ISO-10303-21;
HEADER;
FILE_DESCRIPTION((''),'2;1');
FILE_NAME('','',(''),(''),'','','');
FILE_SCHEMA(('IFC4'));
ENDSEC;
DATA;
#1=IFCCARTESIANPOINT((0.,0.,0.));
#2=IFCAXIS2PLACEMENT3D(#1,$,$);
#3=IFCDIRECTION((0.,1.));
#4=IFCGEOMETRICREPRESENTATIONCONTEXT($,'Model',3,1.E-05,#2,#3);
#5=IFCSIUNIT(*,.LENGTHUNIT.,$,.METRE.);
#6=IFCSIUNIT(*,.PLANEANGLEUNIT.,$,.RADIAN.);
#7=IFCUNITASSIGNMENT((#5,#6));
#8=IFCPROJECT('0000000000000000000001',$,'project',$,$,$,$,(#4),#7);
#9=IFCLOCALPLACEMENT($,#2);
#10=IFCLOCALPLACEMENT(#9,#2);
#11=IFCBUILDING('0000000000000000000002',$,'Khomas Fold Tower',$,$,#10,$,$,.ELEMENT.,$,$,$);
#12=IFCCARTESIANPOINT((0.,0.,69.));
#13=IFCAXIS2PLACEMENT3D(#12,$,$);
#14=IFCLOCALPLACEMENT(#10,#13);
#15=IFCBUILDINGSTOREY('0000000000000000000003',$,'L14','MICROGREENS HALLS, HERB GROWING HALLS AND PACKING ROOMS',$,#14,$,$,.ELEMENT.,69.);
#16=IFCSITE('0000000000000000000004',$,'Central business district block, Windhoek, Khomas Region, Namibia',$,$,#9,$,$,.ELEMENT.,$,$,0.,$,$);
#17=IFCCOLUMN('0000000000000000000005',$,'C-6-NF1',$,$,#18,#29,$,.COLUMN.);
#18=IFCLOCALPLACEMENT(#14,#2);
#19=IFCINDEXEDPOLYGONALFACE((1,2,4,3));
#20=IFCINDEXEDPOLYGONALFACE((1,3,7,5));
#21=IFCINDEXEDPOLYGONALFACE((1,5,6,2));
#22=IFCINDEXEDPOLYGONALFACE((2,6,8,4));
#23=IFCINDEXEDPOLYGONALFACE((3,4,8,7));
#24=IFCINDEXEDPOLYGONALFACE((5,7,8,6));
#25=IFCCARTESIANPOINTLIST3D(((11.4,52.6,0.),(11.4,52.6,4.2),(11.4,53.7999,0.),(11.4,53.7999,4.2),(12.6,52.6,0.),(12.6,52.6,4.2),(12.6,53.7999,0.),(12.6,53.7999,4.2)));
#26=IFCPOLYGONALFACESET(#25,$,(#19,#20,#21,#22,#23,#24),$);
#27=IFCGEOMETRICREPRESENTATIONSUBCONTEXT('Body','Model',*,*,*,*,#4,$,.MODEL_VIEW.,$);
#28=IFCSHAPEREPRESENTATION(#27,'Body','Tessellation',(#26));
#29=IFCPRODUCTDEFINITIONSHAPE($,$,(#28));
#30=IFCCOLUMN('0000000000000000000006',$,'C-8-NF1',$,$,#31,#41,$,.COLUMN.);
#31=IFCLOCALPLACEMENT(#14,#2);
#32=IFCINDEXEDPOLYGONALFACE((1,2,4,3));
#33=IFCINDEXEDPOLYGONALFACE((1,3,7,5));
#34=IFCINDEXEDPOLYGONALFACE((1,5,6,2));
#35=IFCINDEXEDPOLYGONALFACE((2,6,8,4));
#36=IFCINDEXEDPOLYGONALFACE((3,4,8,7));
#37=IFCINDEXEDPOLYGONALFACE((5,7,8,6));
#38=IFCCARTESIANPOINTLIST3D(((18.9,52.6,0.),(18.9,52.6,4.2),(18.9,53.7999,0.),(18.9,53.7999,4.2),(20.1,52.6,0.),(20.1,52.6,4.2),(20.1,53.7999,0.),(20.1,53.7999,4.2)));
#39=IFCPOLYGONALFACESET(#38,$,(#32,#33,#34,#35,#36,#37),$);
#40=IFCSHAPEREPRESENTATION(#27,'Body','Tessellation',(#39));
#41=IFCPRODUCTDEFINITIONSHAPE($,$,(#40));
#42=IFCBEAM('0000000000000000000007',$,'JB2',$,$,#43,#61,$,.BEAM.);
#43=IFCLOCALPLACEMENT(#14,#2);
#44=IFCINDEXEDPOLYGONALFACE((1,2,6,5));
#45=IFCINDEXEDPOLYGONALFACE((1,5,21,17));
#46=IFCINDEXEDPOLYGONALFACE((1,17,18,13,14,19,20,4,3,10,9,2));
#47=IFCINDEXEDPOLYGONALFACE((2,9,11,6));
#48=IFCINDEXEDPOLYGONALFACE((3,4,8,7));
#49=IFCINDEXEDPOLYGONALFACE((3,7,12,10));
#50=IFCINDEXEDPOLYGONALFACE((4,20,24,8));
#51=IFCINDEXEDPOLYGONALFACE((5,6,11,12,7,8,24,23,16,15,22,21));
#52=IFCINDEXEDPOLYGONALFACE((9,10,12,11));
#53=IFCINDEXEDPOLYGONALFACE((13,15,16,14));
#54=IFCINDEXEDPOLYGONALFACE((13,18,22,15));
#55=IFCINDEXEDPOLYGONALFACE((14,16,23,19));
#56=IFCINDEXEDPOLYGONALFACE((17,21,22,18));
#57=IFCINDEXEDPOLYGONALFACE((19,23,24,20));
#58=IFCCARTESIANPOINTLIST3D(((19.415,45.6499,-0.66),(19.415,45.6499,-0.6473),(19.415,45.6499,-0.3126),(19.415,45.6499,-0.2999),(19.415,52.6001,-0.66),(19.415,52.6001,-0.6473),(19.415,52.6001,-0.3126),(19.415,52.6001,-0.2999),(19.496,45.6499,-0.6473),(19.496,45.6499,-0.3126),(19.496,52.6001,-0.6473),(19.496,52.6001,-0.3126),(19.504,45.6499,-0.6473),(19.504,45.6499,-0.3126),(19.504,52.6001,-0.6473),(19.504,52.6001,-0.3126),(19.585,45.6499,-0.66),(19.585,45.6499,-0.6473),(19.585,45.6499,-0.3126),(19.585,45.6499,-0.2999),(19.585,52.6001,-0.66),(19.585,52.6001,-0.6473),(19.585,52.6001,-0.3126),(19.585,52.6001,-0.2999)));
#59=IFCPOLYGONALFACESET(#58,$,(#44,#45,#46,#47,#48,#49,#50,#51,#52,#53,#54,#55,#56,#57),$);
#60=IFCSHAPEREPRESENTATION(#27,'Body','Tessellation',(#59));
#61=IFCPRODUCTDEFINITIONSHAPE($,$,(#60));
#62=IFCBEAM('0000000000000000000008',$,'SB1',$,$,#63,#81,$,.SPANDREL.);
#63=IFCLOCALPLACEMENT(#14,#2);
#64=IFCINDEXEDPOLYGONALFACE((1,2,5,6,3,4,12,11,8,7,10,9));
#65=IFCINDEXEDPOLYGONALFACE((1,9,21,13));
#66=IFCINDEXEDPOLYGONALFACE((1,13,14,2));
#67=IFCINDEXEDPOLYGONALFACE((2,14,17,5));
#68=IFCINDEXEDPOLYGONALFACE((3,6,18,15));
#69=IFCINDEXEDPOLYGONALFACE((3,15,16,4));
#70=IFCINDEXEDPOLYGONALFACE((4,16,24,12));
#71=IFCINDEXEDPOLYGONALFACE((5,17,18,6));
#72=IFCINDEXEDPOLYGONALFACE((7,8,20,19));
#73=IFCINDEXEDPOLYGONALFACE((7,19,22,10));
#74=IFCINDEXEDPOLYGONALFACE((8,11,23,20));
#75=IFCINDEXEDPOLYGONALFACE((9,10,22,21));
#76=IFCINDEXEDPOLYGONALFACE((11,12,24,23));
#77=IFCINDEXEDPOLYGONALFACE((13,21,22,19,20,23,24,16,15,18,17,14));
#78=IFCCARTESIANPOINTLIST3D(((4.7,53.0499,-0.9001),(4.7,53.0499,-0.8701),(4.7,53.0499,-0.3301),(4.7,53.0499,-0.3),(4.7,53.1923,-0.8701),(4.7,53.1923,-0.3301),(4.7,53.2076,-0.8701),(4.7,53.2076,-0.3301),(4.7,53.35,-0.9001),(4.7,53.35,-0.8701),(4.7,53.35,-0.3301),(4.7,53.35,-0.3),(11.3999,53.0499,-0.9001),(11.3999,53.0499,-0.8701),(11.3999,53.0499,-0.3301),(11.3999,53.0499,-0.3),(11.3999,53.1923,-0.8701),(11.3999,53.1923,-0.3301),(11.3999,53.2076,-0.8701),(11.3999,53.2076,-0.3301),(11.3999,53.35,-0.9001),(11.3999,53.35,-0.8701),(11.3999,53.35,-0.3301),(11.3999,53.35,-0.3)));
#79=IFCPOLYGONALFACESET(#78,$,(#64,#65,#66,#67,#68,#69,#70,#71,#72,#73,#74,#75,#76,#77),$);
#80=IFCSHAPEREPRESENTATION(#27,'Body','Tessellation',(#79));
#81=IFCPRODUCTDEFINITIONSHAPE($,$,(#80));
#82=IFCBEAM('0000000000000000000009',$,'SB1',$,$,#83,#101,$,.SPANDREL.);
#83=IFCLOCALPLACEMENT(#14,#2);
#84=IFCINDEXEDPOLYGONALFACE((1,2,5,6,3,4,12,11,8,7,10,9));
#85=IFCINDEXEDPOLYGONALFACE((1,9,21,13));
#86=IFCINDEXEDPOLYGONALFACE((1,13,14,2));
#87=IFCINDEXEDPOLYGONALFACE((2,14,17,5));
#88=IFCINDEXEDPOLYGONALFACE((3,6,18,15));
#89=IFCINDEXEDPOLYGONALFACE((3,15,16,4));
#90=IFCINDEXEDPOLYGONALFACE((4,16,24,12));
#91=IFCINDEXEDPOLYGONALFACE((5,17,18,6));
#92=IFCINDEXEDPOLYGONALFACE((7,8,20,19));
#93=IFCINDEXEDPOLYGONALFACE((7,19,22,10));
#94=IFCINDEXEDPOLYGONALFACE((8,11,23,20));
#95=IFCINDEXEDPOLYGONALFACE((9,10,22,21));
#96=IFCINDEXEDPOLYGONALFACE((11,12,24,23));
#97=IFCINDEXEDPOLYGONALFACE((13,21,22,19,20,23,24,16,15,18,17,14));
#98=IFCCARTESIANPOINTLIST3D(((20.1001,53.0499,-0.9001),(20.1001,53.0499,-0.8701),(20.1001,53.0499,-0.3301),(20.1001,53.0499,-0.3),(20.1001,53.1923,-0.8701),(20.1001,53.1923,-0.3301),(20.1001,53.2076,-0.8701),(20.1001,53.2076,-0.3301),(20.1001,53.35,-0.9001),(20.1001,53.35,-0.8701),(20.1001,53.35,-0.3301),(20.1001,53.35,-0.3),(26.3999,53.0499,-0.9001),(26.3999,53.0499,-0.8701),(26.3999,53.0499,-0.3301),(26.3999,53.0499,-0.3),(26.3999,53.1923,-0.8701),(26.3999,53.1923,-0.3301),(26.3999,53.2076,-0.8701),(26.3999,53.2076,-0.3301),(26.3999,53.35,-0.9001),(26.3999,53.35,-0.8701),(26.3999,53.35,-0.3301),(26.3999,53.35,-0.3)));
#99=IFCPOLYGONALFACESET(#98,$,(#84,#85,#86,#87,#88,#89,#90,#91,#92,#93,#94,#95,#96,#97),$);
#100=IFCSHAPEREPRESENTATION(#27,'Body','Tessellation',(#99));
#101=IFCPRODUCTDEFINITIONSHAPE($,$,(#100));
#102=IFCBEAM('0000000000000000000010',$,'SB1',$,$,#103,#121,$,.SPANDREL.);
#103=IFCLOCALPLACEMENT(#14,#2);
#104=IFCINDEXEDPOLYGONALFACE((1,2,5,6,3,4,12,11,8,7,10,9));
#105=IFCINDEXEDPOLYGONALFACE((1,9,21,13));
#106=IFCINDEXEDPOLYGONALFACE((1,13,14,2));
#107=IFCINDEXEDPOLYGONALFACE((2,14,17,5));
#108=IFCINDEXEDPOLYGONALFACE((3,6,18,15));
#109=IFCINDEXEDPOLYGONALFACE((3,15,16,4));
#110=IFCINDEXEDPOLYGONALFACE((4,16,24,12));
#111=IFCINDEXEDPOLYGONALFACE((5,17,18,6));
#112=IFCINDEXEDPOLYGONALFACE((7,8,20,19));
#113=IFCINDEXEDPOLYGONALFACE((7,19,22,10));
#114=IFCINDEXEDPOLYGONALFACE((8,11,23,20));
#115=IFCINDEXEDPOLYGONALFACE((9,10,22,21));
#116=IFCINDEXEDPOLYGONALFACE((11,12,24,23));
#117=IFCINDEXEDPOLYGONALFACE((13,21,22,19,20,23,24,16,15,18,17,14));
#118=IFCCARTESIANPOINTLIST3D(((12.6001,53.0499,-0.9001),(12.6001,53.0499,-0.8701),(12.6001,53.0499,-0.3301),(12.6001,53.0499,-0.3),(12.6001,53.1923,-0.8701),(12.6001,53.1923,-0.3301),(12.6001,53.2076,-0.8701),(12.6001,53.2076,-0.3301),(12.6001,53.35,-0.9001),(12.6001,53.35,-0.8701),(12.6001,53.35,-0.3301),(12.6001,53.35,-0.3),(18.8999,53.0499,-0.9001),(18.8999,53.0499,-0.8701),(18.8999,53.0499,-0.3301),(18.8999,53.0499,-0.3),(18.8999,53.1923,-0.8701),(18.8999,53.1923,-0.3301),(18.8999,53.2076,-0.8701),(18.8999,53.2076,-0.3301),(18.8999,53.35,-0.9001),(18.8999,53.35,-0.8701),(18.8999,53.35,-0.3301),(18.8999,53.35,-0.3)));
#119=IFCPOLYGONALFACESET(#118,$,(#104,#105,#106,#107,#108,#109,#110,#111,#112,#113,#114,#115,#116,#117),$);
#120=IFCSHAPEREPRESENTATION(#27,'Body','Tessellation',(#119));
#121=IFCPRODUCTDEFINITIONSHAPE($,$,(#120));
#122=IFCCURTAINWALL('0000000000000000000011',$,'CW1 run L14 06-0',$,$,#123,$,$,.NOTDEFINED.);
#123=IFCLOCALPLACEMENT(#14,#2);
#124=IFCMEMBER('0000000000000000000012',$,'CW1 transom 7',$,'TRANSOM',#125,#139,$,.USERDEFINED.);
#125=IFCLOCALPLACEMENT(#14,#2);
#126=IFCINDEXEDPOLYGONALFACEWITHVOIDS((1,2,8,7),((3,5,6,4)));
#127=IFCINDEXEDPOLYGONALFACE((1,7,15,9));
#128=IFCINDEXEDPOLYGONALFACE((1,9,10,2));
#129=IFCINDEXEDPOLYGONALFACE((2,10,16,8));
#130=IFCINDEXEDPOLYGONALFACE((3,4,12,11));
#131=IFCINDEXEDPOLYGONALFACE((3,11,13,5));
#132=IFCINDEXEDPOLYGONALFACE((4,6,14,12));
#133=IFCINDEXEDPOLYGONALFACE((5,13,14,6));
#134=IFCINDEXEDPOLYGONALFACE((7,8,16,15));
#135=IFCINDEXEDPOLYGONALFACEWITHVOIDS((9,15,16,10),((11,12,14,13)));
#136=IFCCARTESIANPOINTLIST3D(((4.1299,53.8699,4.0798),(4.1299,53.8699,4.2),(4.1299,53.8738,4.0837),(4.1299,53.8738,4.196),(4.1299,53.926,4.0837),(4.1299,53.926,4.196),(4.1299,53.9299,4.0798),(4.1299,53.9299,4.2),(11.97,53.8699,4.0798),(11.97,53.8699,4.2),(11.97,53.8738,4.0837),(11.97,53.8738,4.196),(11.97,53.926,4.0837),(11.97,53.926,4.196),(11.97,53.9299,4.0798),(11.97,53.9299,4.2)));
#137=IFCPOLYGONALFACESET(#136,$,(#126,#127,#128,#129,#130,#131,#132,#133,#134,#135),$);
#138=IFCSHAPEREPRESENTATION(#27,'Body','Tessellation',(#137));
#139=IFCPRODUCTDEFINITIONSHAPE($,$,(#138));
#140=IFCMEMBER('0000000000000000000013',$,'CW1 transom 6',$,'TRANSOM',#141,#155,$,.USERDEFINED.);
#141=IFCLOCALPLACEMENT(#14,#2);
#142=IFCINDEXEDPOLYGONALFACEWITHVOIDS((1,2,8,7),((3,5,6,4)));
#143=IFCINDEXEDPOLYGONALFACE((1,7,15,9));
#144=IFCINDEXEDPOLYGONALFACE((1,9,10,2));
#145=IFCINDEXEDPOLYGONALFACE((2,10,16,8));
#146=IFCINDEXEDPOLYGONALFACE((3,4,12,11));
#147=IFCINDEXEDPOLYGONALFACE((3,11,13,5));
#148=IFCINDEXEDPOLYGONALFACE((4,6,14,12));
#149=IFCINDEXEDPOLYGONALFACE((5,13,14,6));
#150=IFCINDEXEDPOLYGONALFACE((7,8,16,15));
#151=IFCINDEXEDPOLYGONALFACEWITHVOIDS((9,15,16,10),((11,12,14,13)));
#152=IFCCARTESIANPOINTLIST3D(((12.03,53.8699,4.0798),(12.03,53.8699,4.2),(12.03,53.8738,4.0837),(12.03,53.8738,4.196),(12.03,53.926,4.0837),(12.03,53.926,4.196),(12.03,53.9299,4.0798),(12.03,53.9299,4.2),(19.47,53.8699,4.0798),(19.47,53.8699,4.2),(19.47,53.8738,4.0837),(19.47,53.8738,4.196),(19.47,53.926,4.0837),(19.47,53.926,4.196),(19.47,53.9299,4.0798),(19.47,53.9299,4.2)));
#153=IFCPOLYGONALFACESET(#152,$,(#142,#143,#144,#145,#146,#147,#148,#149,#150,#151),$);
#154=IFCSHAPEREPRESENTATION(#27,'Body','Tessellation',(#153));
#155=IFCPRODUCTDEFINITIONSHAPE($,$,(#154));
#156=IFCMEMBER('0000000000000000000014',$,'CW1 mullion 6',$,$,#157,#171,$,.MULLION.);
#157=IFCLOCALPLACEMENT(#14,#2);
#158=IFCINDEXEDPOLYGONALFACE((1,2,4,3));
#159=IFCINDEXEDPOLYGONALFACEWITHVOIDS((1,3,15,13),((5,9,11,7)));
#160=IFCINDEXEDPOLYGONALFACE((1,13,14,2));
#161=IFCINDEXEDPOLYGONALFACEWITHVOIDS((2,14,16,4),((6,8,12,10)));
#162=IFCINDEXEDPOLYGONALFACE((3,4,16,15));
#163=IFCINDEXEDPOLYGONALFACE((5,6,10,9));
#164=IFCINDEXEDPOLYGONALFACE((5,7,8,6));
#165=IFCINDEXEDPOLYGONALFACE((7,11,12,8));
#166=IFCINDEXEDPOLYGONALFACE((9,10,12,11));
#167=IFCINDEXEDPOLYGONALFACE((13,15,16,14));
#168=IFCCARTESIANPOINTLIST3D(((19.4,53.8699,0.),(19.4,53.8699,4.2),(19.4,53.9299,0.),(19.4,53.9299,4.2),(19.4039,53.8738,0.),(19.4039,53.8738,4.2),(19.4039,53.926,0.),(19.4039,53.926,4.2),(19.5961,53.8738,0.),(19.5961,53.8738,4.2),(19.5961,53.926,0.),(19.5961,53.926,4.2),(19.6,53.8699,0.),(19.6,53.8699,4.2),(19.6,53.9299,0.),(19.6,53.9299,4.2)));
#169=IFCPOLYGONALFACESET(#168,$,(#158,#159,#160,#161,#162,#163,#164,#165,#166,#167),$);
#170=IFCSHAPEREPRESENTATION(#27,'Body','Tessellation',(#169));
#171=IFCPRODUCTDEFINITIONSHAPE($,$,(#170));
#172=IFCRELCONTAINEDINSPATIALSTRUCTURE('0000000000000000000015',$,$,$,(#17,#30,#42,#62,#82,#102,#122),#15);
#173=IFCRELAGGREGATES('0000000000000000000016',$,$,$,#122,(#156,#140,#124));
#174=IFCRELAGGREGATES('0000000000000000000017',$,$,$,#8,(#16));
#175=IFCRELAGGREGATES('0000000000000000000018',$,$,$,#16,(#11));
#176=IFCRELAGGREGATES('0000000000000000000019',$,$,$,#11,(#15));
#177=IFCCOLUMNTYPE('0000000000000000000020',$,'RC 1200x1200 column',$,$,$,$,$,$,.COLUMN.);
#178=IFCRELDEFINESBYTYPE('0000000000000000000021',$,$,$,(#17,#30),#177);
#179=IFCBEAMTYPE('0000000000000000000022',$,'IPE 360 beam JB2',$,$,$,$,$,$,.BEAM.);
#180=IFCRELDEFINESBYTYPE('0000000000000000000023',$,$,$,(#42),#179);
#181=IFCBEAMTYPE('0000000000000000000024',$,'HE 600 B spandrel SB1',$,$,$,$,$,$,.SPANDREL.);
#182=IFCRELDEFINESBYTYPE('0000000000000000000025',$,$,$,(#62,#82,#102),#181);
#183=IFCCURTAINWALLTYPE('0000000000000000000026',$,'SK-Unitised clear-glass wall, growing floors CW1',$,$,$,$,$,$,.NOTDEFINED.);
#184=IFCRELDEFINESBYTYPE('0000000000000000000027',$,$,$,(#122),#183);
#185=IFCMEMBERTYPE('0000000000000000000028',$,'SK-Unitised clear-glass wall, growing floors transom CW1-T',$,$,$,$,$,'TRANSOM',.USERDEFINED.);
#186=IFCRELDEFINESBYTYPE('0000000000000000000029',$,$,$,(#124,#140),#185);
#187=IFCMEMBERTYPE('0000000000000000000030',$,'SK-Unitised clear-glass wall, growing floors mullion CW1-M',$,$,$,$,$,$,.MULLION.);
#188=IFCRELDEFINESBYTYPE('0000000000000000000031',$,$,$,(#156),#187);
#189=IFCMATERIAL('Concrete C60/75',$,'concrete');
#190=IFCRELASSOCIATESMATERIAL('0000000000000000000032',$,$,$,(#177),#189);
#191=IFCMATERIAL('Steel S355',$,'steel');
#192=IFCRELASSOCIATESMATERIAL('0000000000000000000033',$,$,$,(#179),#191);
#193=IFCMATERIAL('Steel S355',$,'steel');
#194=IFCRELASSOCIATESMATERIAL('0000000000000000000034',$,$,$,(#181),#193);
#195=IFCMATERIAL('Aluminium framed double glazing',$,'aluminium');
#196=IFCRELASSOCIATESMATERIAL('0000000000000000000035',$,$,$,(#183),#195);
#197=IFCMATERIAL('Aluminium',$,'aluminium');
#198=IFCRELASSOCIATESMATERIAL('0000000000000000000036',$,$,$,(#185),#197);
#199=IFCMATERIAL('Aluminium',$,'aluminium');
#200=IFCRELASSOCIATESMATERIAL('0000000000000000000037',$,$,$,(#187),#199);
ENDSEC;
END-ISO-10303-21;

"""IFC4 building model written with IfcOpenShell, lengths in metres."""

from ifc_helpers import new_model, si_unit, direction, frame, origin, origin_2d, place, context, subcontext, project, spatial, rectangle, hollow_rectangle, i_section, extrude, source, transform, mapped, material, material_profile, profile_set, type_object, element, aggregate, save


model = new_model("IFC4")

# Units and contexts
model_context = context("Model", 3, precision=1e-05, world=origin(), true_north=direction((0.0, 1.0)))
body_context = subcontext(model_context, "Body", "Model", "MODEL_VIEW")
ifc_project = project(units=[si_unit("LENGTHUNIT", "METRE"), si_unit("PLANEANGLEUNIT", "RADIAN")], contexts=[model_context])

# Site, building, storey
site_placement = place(None, origin())
site = spatial("IfcSite", under=ifc_project, at=site_placement, Name="Central business district block, Windhoek, Khomas Region, Namibia", CompositionType="ELEMENT", RefElevation=0.0)
building_placement = place(site_placement, origin())
building = spatial("IfcBuilding", under=site, at=building_placement, Name="Khomas Fold Tower", CompositionType="ELEMENT")
storey_placement = place(building_placement, frame((0.0, 0.0, 69.0)))
storey = spatial("IfcBuildingStorey", under=building, at=storey_placement, Name="L14", Description="MICROGREENS HALLS, HERB GROWING HALLS AND PACKING ROOMS", CompositionType="ELEMENT", Elevation=69.0)

# Columns
ifc_material_1 = material(Name="Concrete C60/75", Category="concrete")
ifc_material_profile_1 = material_profile(ifc_material_1, rectangle(XDim=1.2, YDim=1.2, at=origin_2d()), Name="RC 1200x1200")
ifc_profile_set_1 = profile_set([ifc_material_profile_1], Name="Concrete C60/75")
column_type = type_object("IfcColumnType", Name="RC 1200x1200 column", PredefinedType="COLUMN", material=ifc_profile_set_1)
shared_shape_1 = source(origin(), body_context, "Body", "SweptSolid", [
    extrude(rectangle(XDim=1.2, YDim=1.2, at=origin_2d()), origin(), (0.0, 0.0, 1.0), 4.2),
])
for number, where, z_axis, x_axis, name in (
    (1, (12.0, 53.2, 0.0), (0.0, 0.0, 1.0), (1.0, 0.0, 0.0), "C-6-NF1"),
    (2, (19.5, 53.2, 0.0), (0.0, 0.0, 1.0), (1.0, 0.0, 0.0), "C-8-NF1"),
):
    element("IfcColumn", number, at=place(storey_placement, frame(where, z_axis=z_axis, x_axis=x_axis)), inside=storey, type_object=column_type, Name=name, PredefinedType="COLUMN", context=body_context, shape_type="MappedRepresentation", body=[
        mapped(shared_shape_1, transform((0.0, 0.0, 0.0))),
    ])

# Beams
ifc_material_2 = material(Name="Steel S355", Category="steel")
ifc_material_profile_2 = material_profile(ifc_material_2, i_section(OverallWidth=0.1699, OverallDepth=0.3601, WebThickness=0.0081, FlangeThickness=0.0127, at=origin_2d()), Name="IPE 360")
ifc_profile_set_2 = profile_set([ifc_material_profile_2], Name="Steel S355")
beam_type_1 = type_object("IfcBeamType", Name="IPE 360 beam JB2", PredefinedType="BEAM", material=ifc_profile_set_2)
shared_shape_2 = source(origin(), body_context, "Body", "SweptSolid", [
    extrude(i_section(OverallWidth=0.1699, OverallDepth=0.3601, WebThickness=0.0081, FlangeThickness=0.0127, at=origin_2d()), origin(), (0.0, 0.0, 1.0), 6.9502),
])
beam_1_placement = place(storey_placement, frame((19.5, 45.6499, -0.48), z_axis=(0.0, 1.0, 0.0), x_axis=(-1.0, 0.0, 0.0)))
element("IfcBeam", 3, at=beam_1_placement, inside=storey, type_object=beam_type_1, Name="JB2", PredefinedType="BEAM", context=body_context, shape_type="MappedRepresentation", body=[
    mapped(shared_shape_2, transform((0.0, 0.0, 0.0))),
])
ifc_material_3 = material(Name="Steel S355", Category="steel")
ifc_material_profile_3 = material_profile(ifc_material_3, i_section(OverallWidth=0.3, OverallDepth=0.6001, WebThickness=0.0154, FlangeThickness=0.03, at=origin_2d()), Name="HE 600 B")
ifc_profile_set_3 = profile_set([ifc_material_profile_3], Name="Steel S355")
beam_type_2 = type_object("IfcBeamType", Name="HE 600 B spandrel SB1", PredefinedType="SPANDREL", material=ifc_profile_set_3)
shared_shape_3 = source(origin(), body_context, "Body", "SweptSolid", [
    extrude(i_section(OverallWidth=0.3, OverallDepth=0.6001, WebThickness=0.0154, FlangeThickness=0.03, at=origin_2d()), origin(), (0.0, 0.0, 1.0), 6.7),
])
beam_2_placement = place(storey_placement, frame((4.7, 53.2, -0.6001), z_axis=(1.0, 0.0, 0.0), x_axis=(0.0, 1.0, 0.0)))
element("IfcBeam", 4, at=beam_2_placement, inside=storey, type_object=beam_type_2, Name="SB1", PredefinedType="SPANDREL", context=body_context, shape_type="MappedRepresentation", body=[
    mapped(shared_shape_3, transform((0.0, 0.0, 0.0))),
])
shared_shape_4 = source(origin(), body_context, "Body", "SweptSolid", [
    extrude(i_section(OverallWidth=0.3, OverallDepth=0.6001, WebThickness=0.0154, FlangeThickness=0.03, at=origin_2d()), origin(), (0.0, 0.0, 1.0), 6.2998),
])
for number, where, z_axis, x_axis, name in (
    (5, (20.1001, 53.2, -0.6001), (1.0, 0.0, 0.0), (0.0, 1.0, 0.0), "SB1"),
    (6, (12.6001, 53.2, -0.6001), (1.0, 0.0, 0.0), (0.0, 1.0, 0.0), "SB1"),
):
    element("IfcBeam", number, at=place(storey_placement, frame(where, z_axis=z_axis, x_axis=x_axis)), inside=storey, type_object=beam_type_2, Name=name, PredefinedType="SPANDREL", context=body_context, shape_type="MappedRepresentation", body=[
        mapped(shared_shape_4, transform((0.0, 0.0, 0.0))),
    ])

# Curtain wall, members
ifc_material_4 = material(Name="Aluminium framed double glazing", Category="aluminium")
curtain_wall_type = type_object("IfcCurtainWallType", Name="SK-Unitised clear-glass wall, growing floors CW1", PredefinedType="NOTDEFINED", material=ifc_material_4)
curtain_wall_placement = place(storey_placement, origin())
curtain_wall = element("IfcCurtainWall", 7, at=curtain_wall_placement, inside=storey, type_object=curtain_wall_type, Name="CW1 run L14 06-0", PredefinedType="NOTDEFINED")
ifc_material_5 = material(Name="Aluminium", Category="aluminium")
ifc_material_profile_4 = material_profile(ifc_material_5, hollow_rectangle(XDim=0.0601, YDim=0.1201, WallThickness=0.0039, at=origin_2d()), Name="SK-Unitised clear-glass wall, growing floors transom CW1-T")
ifc_profile_set_4 = profile_set([ifc_material_profile_4], Name="Aluminium")
member_type_1 = type_object("IfcMemberType", Name="SK-Unitised clear-glass wall, growing floors transom CW1-T", ElementType="TRANSOM", PredefinedType="USERDEFINED", material=ifc_profile_set_4)
shared_shape_5 = source(origin(), body_context, "Body", "SweptSolid", [
    extrude(hollow_rectangle(XDim=0.0601, YDim=0.1201, WallThickness=0.0039, at=origin_2d()), origin(), (0.0, 0.0, 1.0), 7.8401),
])
member_1_placement = place(storey_placement, frame((11.97, 53.8999, 4.1399), z_axis=(-1.0, 0.0, 0.0), x_axis=(0.0, -1.0, 0.0)))
member_1 = element("IfcMember", 8, at=member_1_placement, type_object=member_type_1, Name="CW1 transom 7", ObjectType="TRANSOM", PredefinedType="USERDEFINED", context=body_context, shape_type="MappedRepresentation", body=[
    mapped(shared_shape_5, transform((0.0, 0.0, 0.0))),
])
shared_shape_6 = source(origin(), body_context, "Body", "SweptSolid", [
    extrude(hollow_rectangle(XDim=0.0601, YDim=0.1201, WallThickness=0.0039, at=origin_2d()), origin(), (0.0, 0.0, 1.0), 7.4399),
])
member_2_placement = place(storey_placement, frame((19.47, 53.8999, 4.1399), z_axis=(-1.0, 0.0, 0.0), x_axis=(0.0, -1.0, 0.0)))
member_2 = element("IfcMember", 9, at=member_2_placement, type_object=member_type_1, Name="CW1 transom 6", ObjectType="TRANSOM", PredefinedType="USERDEFINED", context=body_context, shape_type="MappedRepresentation", body=[
    mapped(shared_shape_6, transform((0.0, 0.0, 0.0))),
])
ifc_material_6 = material(Name="Aluminium", Category="aluminium")
ifc_material_profile_5 = material_profile(ifc_material_6, hollow_rectangle(XDim=0.0601, YDim=0.2, WallThickness=0.0039, at=origin_2d()), Name="SK-Unitised clear-glass wall, growing floors mullion CW1-M")
ifc_profile_set_5 = profile_set([ifc_material_profile_5], Name="Aluminium")
member_type_2 = type_object("IfcMemberType", Name="SK-Unitised clear-glass wall, growing floors mullion CW1-M", PredefinedType="MULLION", material=ifc_profile_set_5)
shared_shape_7 = source(origin(), body_context, "Body", "SweptSolid", [
    extrude(hollow_rectangle(XDim=0.0601, YDim=0.2, WallThickness=0.0039, at=origin_2d()), origin(), (0.0, 0.0, 1.0), 4.2),
])
member_3_placement = place(storey_placement, frame((19.5, 53.8999, 0.0), z_axis=(0.0, 0.0, 1.0), x_axis=(0.0, -1.0, 0.0)))
member_3 = element("IfcMember", 10, at=member_3_placement, type_object=member_type_2, Name="CW1 mullion 6", PredefinedType="MULLION", context=body_context, shape_type="MappedRepresentation", body=[
    mapped(shared_shape_7, transform((0.0, 0.0, 0.0))),
])
aggregate(curtain_wall, [member_3, member_2, member_1])

save(model, "model.ifc")
